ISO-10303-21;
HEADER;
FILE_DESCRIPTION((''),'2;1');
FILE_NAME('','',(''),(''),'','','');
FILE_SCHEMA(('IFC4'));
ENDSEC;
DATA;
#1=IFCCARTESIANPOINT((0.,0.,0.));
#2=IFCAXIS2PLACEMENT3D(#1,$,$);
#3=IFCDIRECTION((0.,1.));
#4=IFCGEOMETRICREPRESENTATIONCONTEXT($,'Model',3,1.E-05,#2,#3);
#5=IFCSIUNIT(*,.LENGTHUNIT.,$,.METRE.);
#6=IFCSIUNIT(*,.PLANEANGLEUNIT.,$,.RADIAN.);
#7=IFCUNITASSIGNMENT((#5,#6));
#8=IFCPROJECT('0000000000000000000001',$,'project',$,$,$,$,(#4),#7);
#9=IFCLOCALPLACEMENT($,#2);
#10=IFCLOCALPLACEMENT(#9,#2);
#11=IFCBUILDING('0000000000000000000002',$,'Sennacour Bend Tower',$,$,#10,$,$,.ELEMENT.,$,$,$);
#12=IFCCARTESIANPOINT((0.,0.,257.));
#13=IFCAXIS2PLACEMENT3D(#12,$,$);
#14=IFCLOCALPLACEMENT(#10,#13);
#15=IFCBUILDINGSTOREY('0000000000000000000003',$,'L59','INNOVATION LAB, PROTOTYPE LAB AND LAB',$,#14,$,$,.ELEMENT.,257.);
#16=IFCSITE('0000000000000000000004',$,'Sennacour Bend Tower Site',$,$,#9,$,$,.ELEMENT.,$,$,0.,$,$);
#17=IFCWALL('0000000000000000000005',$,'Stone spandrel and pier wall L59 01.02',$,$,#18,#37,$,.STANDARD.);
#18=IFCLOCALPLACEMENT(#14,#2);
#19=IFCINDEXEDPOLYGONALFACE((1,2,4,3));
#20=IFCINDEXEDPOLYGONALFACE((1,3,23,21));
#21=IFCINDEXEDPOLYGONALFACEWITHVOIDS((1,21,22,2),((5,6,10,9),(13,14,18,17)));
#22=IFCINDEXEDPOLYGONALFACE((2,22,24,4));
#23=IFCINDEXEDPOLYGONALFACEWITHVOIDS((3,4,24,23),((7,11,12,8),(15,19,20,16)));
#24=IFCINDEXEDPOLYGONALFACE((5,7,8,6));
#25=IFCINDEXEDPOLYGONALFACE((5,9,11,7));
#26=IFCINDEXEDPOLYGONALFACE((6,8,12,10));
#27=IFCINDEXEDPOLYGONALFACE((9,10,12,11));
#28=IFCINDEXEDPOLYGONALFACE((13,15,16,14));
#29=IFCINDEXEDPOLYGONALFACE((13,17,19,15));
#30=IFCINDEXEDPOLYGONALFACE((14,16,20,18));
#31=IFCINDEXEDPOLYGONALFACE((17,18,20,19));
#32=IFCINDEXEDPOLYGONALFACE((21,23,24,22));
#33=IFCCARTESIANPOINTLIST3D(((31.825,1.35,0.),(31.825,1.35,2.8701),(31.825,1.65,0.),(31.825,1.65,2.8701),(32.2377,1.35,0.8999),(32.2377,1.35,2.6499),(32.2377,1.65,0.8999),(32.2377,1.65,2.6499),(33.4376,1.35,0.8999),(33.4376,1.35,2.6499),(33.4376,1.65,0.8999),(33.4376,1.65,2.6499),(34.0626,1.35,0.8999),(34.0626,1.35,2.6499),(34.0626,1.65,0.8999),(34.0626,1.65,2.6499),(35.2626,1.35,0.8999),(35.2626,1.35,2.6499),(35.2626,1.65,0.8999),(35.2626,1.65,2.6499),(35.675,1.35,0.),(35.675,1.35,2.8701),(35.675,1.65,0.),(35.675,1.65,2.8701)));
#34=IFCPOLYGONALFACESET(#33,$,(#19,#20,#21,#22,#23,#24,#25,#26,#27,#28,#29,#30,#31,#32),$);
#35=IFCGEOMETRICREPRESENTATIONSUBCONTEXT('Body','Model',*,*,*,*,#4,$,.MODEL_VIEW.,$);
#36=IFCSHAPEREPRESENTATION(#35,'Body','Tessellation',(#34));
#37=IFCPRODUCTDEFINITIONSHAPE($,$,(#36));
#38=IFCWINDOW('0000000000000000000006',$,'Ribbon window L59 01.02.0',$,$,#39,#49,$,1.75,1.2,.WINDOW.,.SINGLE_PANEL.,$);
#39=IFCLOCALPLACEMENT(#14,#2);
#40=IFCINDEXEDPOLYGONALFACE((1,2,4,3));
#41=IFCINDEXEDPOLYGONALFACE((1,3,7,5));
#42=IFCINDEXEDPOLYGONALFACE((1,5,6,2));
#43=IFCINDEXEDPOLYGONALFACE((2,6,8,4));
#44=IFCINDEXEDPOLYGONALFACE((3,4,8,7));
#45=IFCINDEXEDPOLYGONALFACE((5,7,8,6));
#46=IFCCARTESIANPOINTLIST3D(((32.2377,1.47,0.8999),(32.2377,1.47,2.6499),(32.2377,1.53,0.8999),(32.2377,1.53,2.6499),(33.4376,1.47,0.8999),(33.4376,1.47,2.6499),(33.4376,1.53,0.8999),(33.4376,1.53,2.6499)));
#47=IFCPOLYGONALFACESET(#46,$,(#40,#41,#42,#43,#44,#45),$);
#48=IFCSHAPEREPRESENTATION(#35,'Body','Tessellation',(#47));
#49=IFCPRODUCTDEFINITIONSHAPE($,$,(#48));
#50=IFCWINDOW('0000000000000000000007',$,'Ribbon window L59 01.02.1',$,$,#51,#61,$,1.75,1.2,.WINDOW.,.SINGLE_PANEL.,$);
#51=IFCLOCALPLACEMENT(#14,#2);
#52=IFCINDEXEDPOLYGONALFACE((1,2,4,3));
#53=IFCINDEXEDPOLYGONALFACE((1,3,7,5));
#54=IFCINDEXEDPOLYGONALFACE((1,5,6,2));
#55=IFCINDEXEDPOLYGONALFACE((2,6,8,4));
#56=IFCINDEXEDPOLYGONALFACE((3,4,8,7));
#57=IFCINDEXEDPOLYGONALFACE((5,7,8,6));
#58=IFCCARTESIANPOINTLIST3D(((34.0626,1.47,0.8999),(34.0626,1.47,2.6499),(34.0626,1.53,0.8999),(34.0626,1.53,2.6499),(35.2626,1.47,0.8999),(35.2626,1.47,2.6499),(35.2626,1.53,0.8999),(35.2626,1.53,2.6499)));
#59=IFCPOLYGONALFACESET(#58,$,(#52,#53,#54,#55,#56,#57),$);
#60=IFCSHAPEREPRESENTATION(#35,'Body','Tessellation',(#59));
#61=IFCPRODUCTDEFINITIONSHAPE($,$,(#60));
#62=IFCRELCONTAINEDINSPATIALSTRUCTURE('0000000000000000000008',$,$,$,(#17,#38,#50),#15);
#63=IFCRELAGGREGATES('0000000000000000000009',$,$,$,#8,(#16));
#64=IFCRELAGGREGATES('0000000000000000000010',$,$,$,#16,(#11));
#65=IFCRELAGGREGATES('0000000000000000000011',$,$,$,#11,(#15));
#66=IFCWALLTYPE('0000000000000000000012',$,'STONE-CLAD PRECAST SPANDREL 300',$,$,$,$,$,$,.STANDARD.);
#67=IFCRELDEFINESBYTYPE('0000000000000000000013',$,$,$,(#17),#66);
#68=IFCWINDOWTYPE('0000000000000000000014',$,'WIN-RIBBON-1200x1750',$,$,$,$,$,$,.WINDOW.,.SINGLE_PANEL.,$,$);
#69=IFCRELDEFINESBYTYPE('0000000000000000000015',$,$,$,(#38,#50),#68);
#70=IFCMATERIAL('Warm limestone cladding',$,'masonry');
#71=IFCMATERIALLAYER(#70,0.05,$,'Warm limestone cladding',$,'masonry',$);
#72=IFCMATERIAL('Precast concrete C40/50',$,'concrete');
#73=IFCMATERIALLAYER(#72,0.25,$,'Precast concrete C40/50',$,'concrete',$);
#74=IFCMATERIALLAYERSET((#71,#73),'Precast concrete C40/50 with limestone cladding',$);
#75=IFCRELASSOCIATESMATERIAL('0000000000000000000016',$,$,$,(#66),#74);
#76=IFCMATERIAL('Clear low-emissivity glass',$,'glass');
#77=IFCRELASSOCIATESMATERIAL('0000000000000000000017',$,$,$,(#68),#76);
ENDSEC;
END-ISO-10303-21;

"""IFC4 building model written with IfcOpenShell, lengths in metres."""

from ifc_helpers import new_model, si_unit, direction, frame, frame_2d, origin, place, context, subcontext, project, spatial, rectangle, extrude, material, layer, layer_set, type_object, element, fill, save


model = new_model("IFC4")

# Units and contexts
model_context = context("Model", 3, precision=1e-05, world=origin(), true_north=direction((0.0, 1.0)))
body_context = subcontext(model_context, "Body", "Model", "MODEL_VIEW")
ifc_project = project(units=[si_unit("LENGTHUNIT", "METRE"), si_unit("PLANEANGLEUNIT", "RADIAN")], contexts=[model_context])

# Site, building, storey
site_placement = place(None, origin())
site = spatial("IfcSite", under=ifc_project, at=site_placement, Name="Sennacour Bend Tower Site", CompositionType="ELEMENT", RefElevation=0.0)
building_placement = place(site_placement, origin())
building = spatial("IfcBuilding", under=site, at=building_placement, Name="Sennacour Bend Tower", CompositionType="ELEMENT")
storey_placement = place(building_placement, frame((0.0, 0.0, 257.0)))
storey = spatial("IfcBuildingStorey", under=building, at=storey_placement, Name="L59", Description="INNOVATION LAB, PROTOTYPE LAB AND LAB", CompositionType="ELEMENT", Elevation=257.0)

# Shared definitions
ifc_material_1 = material(Name="Warm limestone cladding", Category="masonry")
ifc_layer_1 = layer(ifc_material_1, 0.05, Name="Warm limestone cladding", Category="masonry")
ifc_material_2 = material(Name="Precast concrete C40/50", Category="concrete")
ifc_layer_2 = layer(ifc_material_2, 0.25, Name="Precast concrete C40/50", Category="concrete")
ifc_layer_set_1 = layer_set([ifc_layer_1, ifc_layer_2], Name="Precast concrete C40/50 with limestone cladding")
wall_type_1 = type_object("IfcWallType", Name="STONE-CLAD PRECAST SPANDREL 300", PredefinedType="STANDARD", material=ifc_layer_set_1)

# Wall, openings, windows
ifc_material_3 = material(Name="Clear low-emissivity glass", Category="glass")
window_type = type_object("IfcWindowType", Name="WIN-RIBBON-1200x1750", PartitioningType="SINGLE_PANEL", PredefinedType="WINDOW", material=ifc_material_3)
wall_1_placement = place(storey_placement, frame((31.825, 1.5, 0.0), z_axis=(0.0, 0.0, 1.0), x_axis=(1.0, 0.0, 0.0)))
wall_1 = element("IfcWall", 1, at=wall_1_placement, inside=storey, type_object=wall_type_1, Name="Stone spandrel and pier wall L59 01.02", PredefinedType="STANDARD", context=body_context, shape_type="SweptSolid", body=[
    extrude(rectangle(XDim=3.8501, YDim=0.3, at=frame_2d((1.925, 0.0))), origin(), (0.0, 0.0, 1.0), 2.8701),
])
opening_1_placement = place(wall_1_placement, frame((0.4126, 0.0, 0.8999)))
opening_1 = element("IfcOpeningElement", 2, at=opening_1_placement, cuts=wall_1, PredefinedType="OPENING", context=body_context, shape_type="SweptSolid", body=[
    extrude(rectangle(XDim=1.2, YDim=1.75, at=frame_2d((0.6001, 0.875))), frame((0.0, 0.1602, 0.0), z_axis=(0.0, -1.0, 0.0), x_axis=(1.0, 0.0, 0.0)), (0.0, 0.0, 1.0), 0.3201),
])
opening_2_placement = place(wall_1_placement, frame((2.2375, 0.0, 0.8999)))
opening_2 = element("IfcOpeningElement", 3, at=opening_2_placement, cuts=wall_1, PredefinedType="OPENING", context=body_context, shape_type="SweptSolid", body=[
    extrude(rectangle(XDim=1.2, YDim=1.75, at=frame_2d((0.6001, 0.875))), frame((0.0, 0.1602, 0.0), z_axis=(0.0, -1.0, 0.0), x_axis=(1.0, 0.0, 0.0)), (0.0, 0.0, 1.0), 0.3201),
])
window_1_placement = place(opening_1_placement, origin())
window_1 = element("IfcWindow", 4, at=window_1_placement, inside=storey, type_object=window_type, Name="Ribbon window L59 01.02.0", OverallHeight=1.75, OverallWidth=1.2, PartitioningType="SINGLE_PANEL", PredefinedType="WINDOW", context=body_context, shape_type="SweptSolid", body=[
    extrude(rectangle(XDim=1.2, YDim=1.75, at=frame_2d((0.6001, 0.875))), frame((0.0, 0.03, 0.0), z_axis=(0.0, -1.0, 0.0), x_axis=(1.0, 0.0, 0.0)), (0.0, 0.0, 1.0), 0.0601),
])
fill(opening_1, window_1)
window_2_placement = place(opening_2_placement, origin())
window_2 = element("IfcWindow", 5, at=window_2_placement, inside=storey, type_object=window_type, Name="Ribbon window L59 01.02.1", OverallHeight=1.75, OverallWidth=1.2, PartitioningType="SINGLE_PANEL", PredefinedType="WINDOW", context=body_context, shape_type="SweptSolid", body=[
    extrude(rectangle(XDim=1.2, YDim=1.75, at=frame_2d((0.6001, 0.875))), frame((0.0, 0.03, 0.0), z_axis=(0.0, -1.0, 0.0), x_axis=(1.0, 0.0, 0.0)), (0.0, 0.0, 1.0), 0.0601),
])
fill(opening_2, window_2)

save(model, "model.ifc")
